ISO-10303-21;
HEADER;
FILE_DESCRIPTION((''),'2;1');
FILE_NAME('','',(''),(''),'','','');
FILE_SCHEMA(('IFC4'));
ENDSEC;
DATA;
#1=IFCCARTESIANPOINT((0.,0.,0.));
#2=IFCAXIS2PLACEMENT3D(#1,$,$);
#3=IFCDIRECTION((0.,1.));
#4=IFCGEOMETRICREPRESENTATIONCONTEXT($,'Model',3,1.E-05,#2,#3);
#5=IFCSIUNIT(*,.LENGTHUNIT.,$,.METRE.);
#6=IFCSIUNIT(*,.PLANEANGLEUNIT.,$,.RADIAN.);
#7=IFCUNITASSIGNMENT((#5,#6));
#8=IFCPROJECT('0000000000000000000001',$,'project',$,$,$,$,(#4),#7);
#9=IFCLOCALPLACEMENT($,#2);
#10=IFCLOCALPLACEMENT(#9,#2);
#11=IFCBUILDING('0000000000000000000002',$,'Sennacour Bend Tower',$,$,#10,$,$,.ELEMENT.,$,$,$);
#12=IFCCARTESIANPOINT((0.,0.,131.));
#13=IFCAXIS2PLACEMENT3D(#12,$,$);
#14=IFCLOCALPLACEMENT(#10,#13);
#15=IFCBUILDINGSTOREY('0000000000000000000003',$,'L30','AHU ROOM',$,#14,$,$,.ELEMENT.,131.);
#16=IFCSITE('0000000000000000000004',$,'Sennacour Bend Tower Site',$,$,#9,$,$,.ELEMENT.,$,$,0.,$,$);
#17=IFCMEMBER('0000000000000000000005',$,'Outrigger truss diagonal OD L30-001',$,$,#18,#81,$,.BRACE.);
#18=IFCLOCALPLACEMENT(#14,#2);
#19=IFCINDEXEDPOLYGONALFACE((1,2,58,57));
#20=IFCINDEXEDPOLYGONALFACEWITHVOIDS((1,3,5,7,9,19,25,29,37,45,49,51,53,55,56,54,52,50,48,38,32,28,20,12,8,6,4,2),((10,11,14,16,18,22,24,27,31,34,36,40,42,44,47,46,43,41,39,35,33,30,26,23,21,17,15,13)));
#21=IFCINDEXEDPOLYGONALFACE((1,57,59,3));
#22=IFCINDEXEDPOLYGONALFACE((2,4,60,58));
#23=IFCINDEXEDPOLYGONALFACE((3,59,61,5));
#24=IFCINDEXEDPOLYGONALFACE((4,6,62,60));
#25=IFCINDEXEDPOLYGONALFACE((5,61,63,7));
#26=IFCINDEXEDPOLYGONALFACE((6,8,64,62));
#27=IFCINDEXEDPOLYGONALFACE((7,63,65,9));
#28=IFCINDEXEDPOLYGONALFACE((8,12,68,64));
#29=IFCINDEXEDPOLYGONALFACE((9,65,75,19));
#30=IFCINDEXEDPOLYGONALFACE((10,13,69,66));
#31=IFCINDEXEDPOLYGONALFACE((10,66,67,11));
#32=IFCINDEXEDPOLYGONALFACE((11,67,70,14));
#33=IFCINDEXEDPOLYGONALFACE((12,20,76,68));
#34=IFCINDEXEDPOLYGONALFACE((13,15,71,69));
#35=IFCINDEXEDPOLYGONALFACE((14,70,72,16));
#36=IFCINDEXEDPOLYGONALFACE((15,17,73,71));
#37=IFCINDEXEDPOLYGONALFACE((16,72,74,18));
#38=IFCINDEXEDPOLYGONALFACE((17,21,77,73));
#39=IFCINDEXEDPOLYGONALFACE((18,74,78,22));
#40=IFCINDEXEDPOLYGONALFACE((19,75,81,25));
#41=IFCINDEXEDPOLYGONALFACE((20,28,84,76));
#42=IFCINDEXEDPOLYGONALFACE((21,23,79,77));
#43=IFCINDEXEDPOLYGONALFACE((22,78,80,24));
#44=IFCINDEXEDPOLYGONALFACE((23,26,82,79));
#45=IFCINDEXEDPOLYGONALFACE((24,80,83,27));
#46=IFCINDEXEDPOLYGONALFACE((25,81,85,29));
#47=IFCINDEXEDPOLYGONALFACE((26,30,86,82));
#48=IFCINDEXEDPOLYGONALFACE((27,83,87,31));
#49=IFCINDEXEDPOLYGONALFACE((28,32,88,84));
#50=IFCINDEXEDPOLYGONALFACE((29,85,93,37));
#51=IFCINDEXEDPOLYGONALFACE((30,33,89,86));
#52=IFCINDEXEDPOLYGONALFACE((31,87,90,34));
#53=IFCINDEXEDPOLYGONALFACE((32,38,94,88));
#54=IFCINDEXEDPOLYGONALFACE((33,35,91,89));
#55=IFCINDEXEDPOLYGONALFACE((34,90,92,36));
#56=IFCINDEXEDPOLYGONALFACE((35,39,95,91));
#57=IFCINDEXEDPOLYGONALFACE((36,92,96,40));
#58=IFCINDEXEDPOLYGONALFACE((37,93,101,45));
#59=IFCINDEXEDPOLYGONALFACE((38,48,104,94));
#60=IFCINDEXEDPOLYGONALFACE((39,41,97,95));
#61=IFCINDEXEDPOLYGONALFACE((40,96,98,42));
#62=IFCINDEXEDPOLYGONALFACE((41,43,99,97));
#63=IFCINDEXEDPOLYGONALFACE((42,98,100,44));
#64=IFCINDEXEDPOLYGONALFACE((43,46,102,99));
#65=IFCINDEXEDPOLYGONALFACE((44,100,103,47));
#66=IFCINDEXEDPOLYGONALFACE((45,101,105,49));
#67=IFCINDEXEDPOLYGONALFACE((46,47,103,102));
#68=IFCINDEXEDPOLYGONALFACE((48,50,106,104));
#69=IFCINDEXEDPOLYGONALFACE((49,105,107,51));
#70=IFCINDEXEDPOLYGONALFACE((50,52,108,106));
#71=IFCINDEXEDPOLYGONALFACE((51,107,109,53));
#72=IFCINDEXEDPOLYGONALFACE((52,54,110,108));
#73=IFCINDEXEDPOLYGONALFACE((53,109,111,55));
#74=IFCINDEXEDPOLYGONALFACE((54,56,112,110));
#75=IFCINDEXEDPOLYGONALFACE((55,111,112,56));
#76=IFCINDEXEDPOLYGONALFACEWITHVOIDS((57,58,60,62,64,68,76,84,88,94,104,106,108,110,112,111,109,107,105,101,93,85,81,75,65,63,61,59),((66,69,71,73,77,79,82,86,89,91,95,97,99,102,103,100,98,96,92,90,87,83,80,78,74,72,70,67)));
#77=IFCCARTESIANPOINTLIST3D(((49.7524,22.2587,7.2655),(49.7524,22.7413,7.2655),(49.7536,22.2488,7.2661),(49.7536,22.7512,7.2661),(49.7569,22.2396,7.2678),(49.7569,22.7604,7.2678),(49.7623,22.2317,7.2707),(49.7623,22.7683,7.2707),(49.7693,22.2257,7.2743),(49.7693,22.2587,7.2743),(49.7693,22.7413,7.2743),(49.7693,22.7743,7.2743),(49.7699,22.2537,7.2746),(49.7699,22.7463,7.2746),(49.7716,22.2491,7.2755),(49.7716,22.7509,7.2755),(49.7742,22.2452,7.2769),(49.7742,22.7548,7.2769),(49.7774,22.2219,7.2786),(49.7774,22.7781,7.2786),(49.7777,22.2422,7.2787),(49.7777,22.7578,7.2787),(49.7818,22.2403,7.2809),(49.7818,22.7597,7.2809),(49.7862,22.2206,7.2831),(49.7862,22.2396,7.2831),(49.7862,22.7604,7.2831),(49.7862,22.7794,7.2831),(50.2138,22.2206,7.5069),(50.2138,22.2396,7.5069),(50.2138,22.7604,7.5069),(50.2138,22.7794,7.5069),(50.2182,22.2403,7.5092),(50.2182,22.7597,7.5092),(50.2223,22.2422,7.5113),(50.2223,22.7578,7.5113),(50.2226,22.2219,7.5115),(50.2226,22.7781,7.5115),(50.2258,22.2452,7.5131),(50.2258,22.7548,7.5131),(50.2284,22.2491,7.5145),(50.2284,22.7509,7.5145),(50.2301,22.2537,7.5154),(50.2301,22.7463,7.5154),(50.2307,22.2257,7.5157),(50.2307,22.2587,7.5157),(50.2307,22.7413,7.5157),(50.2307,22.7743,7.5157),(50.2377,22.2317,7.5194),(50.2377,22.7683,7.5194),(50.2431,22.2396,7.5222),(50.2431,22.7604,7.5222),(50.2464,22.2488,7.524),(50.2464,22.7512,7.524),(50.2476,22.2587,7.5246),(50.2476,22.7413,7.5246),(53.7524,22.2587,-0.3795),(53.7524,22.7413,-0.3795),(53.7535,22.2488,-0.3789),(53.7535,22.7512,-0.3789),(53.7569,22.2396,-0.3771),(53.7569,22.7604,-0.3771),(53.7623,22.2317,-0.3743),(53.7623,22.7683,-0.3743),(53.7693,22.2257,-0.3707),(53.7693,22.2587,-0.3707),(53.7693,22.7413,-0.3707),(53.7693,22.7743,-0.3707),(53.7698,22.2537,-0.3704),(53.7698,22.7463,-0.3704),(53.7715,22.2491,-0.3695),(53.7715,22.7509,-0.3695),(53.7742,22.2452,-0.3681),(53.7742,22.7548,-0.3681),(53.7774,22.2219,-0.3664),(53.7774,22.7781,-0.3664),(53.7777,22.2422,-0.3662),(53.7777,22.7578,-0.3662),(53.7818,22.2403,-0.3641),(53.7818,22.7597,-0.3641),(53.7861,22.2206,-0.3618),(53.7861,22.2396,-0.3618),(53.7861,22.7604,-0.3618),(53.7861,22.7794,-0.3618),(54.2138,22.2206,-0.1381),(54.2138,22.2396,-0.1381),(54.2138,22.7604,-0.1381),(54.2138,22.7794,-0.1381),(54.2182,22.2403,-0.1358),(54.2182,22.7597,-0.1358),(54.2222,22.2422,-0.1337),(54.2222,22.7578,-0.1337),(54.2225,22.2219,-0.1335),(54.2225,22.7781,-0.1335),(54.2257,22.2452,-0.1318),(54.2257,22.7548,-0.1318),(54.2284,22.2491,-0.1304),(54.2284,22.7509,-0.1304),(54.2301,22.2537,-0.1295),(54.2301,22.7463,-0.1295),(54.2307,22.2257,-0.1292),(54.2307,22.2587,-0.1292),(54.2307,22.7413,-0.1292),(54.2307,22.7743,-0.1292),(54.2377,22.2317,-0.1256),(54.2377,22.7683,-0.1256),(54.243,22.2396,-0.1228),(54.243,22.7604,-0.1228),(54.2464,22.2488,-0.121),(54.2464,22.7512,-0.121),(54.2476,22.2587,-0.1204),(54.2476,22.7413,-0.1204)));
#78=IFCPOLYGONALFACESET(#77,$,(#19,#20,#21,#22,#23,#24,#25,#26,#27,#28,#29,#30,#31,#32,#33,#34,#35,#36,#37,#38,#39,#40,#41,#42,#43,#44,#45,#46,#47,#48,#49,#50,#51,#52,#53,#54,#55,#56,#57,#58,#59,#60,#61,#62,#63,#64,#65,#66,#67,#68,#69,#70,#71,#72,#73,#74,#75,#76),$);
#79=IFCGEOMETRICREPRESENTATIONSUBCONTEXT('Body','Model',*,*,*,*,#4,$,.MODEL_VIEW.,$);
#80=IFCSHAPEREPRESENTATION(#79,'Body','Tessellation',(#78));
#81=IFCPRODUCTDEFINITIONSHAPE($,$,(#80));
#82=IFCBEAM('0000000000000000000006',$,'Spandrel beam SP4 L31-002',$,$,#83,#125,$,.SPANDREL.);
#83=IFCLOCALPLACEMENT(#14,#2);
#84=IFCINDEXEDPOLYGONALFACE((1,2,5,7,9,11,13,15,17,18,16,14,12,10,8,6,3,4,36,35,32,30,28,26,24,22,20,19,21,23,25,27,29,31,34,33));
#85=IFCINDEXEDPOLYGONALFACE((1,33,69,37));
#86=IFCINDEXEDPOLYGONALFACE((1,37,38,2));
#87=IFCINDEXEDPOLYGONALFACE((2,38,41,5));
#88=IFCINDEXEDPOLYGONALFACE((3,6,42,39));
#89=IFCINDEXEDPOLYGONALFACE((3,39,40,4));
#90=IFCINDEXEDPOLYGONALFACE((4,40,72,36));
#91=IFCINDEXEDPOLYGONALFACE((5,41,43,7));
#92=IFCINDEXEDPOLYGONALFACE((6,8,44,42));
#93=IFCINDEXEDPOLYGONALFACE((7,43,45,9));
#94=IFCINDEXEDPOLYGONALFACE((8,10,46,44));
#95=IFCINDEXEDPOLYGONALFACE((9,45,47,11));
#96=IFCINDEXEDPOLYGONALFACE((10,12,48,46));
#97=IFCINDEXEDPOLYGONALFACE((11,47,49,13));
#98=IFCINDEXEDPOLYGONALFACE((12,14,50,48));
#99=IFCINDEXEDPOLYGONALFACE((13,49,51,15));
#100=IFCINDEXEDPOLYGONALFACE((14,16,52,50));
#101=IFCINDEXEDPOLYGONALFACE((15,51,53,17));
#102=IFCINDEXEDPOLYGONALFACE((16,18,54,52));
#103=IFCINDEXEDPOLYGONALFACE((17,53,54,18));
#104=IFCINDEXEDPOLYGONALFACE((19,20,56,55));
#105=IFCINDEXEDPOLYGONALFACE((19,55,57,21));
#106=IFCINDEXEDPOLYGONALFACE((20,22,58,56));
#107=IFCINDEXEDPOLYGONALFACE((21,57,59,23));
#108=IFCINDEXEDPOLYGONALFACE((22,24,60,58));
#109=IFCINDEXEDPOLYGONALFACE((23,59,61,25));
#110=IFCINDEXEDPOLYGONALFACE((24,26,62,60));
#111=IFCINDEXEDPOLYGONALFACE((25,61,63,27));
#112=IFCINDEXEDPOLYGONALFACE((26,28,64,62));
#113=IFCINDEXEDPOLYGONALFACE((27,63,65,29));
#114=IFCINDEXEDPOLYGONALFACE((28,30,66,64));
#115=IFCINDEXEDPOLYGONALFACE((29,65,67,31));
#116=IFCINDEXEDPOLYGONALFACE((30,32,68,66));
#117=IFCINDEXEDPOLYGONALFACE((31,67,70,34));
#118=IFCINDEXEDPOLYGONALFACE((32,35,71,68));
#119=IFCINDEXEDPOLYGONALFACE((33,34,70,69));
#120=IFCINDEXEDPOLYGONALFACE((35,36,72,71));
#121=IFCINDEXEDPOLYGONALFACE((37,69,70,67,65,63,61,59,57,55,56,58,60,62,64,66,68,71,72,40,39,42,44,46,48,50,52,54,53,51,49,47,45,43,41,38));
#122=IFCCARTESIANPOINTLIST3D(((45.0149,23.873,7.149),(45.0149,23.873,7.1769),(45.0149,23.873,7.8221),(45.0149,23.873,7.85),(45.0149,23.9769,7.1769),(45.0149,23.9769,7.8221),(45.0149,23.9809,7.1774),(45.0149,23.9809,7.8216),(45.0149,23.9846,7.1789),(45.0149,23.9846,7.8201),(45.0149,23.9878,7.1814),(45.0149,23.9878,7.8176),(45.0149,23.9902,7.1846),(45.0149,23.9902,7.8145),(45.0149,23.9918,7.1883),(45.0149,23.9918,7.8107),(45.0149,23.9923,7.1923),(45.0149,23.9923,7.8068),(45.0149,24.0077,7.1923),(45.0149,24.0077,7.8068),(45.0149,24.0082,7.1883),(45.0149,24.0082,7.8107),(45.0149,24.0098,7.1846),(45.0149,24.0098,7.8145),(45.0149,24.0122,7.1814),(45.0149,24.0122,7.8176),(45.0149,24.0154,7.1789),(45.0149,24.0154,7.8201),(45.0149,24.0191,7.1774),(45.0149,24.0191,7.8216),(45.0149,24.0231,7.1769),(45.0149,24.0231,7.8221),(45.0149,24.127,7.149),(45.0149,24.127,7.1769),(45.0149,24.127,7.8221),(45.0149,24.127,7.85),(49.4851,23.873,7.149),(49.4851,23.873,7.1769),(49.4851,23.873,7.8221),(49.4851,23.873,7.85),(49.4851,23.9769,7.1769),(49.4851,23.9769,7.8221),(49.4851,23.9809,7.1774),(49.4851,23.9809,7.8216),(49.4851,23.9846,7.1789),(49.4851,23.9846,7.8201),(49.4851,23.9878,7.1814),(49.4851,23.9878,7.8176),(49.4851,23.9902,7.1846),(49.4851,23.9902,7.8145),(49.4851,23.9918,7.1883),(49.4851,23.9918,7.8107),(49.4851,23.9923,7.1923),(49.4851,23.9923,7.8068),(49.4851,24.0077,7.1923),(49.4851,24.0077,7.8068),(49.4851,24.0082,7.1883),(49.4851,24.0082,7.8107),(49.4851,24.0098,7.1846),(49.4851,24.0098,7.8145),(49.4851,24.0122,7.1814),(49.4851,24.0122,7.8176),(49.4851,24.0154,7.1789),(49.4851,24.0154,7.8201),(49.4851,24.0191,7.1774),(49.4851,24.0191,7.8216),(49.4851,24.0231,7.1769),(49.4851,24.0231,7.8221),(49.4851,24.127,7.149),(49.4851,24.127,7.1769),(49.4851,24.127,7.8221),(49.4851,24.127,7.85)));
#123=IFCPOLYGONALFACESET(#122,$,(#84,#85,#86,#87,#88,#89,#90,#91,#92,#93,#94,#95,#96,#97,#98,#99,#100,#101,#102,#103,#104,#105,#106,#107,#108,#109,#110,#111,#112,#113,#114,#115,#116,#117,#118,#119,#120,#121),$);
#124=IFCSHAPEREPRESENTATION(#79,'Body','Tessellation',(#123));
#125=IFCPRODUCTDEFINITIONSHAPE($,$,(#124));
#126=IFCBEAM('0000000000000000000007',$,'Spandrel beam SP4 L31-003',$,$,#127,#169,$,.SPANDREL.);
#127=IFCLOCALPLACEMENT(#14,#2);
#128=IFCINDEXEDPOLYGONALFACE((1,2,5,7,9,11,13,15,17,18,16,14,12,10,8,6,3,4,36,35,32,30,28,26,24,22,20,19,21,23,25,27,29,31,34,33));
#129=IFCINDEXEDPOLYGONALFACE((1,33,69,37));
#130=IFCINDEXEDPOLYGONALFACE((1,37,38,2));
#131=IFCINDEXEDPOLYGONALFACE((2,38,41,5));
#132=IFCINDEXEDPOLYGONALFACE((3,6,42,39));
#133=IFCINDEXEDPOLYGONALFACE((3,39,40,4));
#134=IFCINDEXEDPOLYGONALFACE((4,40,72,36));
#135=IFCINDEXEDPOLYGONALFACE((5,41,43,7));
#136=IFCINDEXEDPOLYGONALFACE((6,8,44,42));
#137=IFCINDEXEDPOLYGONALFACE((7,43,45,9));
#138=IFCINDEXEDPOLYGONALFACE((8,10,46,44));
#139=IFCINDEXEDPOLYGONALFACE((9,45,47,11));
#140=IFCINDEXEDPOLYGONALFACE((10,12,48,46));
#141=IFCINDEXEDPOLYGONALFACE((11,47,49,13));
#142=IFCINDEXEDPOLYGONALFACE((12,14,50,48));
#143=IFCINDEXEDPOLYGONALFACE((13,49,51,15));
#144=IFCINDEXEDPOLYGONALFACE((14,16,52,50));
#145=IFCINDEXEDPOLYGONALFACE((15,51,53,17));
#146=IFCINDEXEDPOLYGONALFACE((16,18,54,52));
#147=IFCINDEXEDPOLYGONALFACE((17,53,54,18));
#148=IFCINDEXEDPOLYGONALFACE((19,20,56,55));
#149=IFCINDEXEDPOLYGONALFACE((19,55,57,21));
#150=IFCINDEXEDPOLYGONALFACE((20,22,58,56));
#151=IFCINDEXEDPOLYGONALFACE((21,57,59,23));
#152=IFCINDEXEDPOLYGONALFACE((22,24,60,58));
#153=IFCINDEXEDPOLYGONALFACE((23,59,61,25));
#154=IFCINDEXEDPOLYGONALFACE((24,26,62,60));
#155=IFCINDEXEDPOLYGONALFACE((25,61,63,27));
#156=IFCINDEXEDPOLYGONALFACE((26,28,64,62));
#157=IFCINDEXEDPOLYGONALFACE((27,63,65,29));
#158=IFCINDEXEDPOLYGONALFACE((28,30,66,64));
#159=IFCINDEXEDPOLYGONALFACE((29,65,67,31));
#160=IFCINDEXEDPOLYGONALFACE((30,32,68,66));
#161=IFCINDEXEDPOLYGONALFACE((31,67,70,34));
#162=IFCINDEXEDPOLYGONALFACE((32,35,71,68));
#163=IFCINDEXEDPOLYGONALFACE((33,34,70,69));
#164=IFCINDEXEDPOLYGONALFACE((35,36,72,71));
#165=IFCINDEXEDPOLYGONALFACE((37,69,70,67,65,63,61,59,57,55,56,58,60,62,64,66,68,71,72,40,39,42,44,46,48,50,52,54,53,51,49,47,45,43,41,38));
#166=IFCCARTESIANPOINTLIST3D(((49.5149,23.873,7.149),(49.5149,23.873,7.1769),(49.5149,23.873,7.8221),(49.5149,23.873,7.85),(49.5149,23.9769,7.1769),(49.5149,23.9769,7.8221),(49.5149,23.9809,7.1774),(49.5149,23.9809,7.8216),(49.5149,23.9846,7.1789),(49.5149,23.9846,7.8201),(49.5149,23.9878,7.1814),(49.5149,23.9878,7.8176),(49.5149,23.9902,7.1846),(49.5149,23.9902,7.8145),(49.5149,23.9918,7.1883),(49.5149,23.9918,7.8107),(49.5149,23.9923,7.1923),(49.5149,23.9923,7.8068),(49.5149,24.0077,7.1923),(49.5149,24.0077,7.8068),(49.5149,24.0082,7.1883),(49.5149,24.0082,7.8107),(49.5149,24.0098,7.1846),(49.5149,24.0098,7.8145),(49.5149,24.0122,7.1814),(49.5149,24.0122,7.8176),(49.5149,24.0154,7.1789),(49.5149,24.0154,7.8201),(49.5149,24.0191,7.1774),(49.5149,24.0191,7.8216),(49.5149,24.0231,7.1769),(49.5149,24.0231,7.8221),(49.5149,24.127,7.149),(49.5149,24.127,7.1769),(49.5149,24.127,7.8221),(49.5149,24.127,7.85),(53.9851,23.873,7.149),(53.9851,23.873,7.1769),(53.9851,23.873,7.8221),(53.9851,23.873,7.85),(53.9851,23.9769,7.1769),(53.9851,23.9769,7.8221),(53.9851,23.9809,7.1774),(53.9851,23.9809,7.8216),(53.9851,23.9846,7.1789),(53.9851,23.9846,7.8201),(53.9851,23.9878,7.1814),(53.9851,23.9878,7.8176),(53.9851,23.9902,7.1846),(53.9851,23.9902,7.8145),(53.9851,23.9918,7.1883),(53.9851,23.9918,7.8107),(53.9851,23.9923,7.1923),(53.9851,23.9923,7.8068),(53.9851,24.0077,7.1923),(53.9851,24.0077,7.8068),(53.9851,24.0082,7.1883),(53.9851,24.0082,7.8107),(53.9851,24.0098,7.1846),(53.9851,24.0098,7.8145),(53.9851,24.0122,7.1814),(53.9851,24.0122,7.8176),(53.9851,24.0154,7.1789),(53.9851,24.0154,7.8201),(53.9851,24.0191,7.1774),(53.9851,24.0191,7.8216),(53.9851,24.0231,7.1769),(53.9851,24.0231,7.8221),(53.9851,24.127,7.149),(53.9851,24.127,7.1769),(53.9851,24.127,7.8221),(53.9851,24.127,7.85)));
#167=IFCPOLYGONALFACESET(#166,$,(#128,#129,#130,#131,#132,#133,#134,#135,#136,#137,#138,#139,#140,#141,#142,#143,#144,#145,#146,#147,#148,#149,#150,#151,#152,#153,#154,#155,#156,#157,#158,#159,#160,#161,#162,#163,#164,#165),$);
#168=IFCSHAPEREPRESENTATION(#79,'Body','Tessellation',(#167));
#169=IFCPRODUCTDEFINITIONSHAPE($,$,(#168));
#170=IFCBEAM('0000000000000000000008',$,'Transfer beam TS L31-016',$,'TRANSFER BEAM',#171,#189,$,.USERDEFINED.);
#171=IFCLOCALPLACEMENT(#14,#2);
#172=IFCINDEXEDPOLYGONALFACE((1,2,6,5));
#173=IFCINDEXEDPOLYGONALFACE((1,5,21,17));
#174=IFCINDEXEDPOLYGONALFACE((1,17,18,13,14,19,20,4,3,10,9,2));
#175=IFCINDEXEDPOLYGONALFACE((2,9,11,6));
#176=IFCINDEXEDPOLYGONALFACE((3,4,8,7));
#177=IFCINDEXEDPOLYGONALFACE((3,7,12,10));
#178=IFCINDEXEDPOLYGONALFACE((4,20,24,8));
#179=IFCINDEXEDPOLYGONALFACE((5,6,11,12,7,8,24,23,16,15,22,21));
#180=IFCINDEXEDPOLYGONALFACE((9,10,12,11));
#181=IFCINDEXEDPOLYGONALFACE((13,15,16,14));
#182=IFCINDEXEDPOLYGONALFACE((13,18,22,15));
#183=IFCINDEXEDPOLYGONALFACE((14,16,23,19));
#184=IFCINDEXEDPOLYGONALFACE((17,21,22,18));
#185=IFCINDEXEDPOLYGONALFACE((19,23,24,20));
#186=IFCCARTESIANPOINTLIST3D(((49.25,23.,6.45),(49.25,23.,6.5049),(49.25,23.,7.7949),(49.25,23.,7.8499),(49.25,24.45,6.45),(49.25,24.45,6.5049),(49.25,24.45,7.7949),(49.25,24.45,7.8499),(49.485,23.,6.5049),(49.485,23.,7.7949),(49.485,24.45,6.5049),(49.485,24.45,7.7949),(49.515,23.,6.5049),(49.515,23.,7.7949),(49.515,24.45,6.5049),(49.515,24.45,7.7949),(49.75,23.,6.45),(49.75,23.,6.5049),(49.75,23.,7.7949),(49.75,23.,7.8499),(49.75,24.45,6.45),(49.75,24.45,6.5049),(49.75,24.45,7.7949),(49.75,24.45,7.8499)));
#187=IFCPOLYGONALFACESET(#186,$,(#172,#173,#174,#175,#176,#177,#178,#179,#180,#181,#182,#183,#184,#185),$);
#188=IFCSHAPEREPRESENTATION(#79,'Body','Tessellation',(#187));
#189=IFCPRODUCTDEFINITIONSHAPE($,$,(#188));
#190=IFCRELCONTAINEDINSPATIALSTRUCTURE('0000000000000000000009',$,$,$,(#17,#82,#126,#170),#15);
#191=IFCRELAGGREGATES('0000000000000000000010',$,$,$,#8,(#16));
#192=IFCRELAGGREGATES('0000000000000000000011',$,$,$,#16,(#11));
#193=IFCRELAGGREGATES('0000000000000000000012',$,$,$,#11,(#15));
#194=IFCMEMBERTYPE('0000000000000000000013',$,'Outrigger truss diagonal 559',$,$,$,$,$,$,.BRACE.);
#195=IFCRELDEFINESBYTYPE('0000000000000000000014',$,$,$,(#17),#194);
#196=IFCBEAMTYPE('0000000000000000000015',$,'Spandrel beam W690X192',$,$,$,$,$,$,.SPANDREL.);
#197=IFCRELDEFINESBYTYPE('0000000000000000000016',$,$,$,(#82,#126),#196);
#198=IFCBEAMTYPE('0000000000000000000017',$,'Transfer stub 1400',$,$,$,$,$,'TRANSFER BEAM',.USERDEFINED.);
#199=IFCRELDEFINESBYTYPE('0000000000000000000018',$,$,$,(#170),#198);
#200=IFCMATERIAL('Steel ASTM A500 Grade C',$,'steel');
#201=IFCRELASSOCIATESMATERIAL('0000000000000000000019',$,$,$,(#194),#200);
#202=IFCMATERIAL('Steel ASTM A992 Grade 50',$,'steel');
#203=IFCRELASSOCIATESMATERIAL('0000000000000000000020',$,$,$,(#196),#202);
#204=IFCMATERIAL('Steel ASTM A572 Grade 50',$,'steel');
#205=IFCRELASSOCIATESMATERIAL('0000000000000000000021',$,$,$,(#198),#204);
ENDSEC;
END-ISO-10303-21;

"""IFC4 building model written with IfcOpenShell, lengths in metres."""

from ifc_helpers import new_model, si_unit, direction, frame, origin, origin_2d, place, context, subcontext, project, spatial, hollow_rectangle, i_section, extrude, material, material_profile, profile_set, type_object, element, save


model = new_model("IFC4")

# Units and contexts
model_context = context("Model", 3, precision=1e-05, world=origin(), true_north=direction((0.0, 1.0)))
body_context = subcontext(model_context, "Body", "Model", "MODEL_VIEW")
ifc_project = project(units=[si_unit("LENGTHUNIT", "METRE"), si_unit("PLANEANGLEUNIT", "RADIAN")], contexts=[model_context])

# Site, building, storey
site_placement = place(None, origin())
site = spatial("IfcSite", under=ifc_project, at=site_placement, Name="Sennacour Bend Tower Site", CompositionType="ELEMENT", RefElevation=0.0)
building_placement = place(site_placement, origin())
building = spatial("IfcBuilding", under=site, at=building_placement, Name="Sennacour Bend Tower", CompositionType="ELEMENT")
storey_placement = place(building_placement, frame((0.0, 0.0, 131.0)))
storey = spatial("IfcBuildingStorey", under=building, at=storey_placement, Name="L30", Description="AHU ROOM", CompositionType="ELEMENT", Elevation=131.0)

# Shared definitions
ifc_material_1 = material(Name="Steel ASTM A572 Grade 50", Category="steel")

# Shared definitions
ifc_material_2 = material(Name="Steel ASTM A992 Grade 50", Category="steel")
ifc_material_3 = material(Name="Steel ASTM A500 Grade C", Category="steel")

# Member
ifc_material_profile_1 = material_profile(ifc_material_3, hollow_rectangle(XDim=0.5588, YDim=0.5588, WallThickness=0.019, InnerFilletRadius=0.019, OuterFilletRadius=0.0381, at=origin_2d()), Name="Steel ASTM A500 Grade C", Category="steel")
ifc_profile_set_1 = profile_set([ifc_material_profile_1], Name="Steel ASTM A500 Grade C")
member_type_1 = type_object("IfcMemberType", Name="Outrigger truss diagonal 559", PredefinedType="BRACE", material=ifc_profile_set_1)
member_1_placement = place(storey_placement, frame((50.0, 22.5, 7.395), z_axis=(0.463595, 0.0, -0.886047), x_axis=(0.0, 1.0, 0.0)))
element("IfcMember", 1, at=member_1_placement, inside=storey, type_object=member_type_1, Name="Outrigger truss diagonal OD L30-001", PredefinedType="BRACE", context=body_context, shape_type="SweptSolid", body=[
    extrude(hollow_rectangle(XDim=0.5588, YDim=0.5588, WallThickness=0.019, InnerFilletRadius=0.019, OuterFilletRadius=0.0381, at=origin_2d()), origin(), (0.0, 0.0, 1.0), 8.6282),
])

# Beams
ifc_material_profile_2 = material_profile(ifc_material_2, i_section(OverallWidth=0.2539, OverallDepth=0.7009, WebThickness=0.0154, FlangeThickness=0.0278, FilletRadius=0.0154, at=origin_2d()), Name="Steel ASTM A992 Grade 50", Category="steel")
ifc_profile_set_2 = profile_set([ifc_material_profile_2], Name="Steel ASTM A992 Grade 50")
beam_type_1 = type_object("IfcBeamType", Name="Spandrel beam W690X192", PredefinedType="SPANDREL", material=ifc_profile_set_2)
for number, where, z_axis, x_axis, name in (
    (2, (45.0149, 24.0, 7.4995), (1.0, 0.0, 0.0), (0.0, 1.0, 0.0), "Spandrel beam SP4 L31-002"),
    (3, (49.5149, 24.0, 7.4995), (1.0, 0.0, 0.0), (0.0, 1.0, 0.0), "Spandrel beam SP4 L31-003"),
):
    element("IfcBeam", number, at=place(storey_placement, frame(where, z_axis=z_axis, x_axis=x_axis)), inside=storey, type_object=beam_type_1, Name=name, PredefinedType="SPANDREL", context=body_context, shape_type="SweptSolid", body=[
        extrude(i_section(OverallWidth=0.2539, OverallDepth=0.7009, WebThickness=0.0154, FlangeThickness=0.0278, FilletRadius=0.0154, at=origin_2d()), origin(), (0.0, 0.0, 1.0), 4.4702),
    ])
ifc_material_profile_3 = material_profile(ifc_material_1, i_section(OverallWidth=0.5, OverallDepth=1.3999, WebThickness=0.03, FlangeThickness=0.0549, at=origin_2d()), Name="Steel ASTM A572 Grade 50", Category="steel")
ifc_profile_set_3 = profile_set([ifc_material_profile_3], Name="Steel ASTM A572 Grade 50")
beam_type_2 = type_object("IfcBeamType", Name="Transfer stub 1400", ElementType="TRANSFER BEAM", PredefinedType="USERDEFINED", material=ifc_profile_set_3)
beam_1_placement = place(storey_placement, frame((49.5, 23.0, 7.1499), z_axis=(0.0, 1.0, 0.0), x_axis=(-1.0, 0.0, 0.0)))
element("IfcBeam", 4, at=beam_1_placement, inside=storey, type_object=beam_type_2, Name="Transfer beam TS L31-016", ObjectType="TRANSFER BEAM", PredefinedType="USERDEFINED", context=body_context, shape_type="SweptSolid", body=[
    extrude(i_section(OverallWidth=0.5, OverallDepth=1.3999, WebThickness=0.03, FlangeThickness=0.0549, at=origin_2d()), origin(), (0.0, 0.0, 1.0), 1.45),
])

save(model, "model.ifc")
